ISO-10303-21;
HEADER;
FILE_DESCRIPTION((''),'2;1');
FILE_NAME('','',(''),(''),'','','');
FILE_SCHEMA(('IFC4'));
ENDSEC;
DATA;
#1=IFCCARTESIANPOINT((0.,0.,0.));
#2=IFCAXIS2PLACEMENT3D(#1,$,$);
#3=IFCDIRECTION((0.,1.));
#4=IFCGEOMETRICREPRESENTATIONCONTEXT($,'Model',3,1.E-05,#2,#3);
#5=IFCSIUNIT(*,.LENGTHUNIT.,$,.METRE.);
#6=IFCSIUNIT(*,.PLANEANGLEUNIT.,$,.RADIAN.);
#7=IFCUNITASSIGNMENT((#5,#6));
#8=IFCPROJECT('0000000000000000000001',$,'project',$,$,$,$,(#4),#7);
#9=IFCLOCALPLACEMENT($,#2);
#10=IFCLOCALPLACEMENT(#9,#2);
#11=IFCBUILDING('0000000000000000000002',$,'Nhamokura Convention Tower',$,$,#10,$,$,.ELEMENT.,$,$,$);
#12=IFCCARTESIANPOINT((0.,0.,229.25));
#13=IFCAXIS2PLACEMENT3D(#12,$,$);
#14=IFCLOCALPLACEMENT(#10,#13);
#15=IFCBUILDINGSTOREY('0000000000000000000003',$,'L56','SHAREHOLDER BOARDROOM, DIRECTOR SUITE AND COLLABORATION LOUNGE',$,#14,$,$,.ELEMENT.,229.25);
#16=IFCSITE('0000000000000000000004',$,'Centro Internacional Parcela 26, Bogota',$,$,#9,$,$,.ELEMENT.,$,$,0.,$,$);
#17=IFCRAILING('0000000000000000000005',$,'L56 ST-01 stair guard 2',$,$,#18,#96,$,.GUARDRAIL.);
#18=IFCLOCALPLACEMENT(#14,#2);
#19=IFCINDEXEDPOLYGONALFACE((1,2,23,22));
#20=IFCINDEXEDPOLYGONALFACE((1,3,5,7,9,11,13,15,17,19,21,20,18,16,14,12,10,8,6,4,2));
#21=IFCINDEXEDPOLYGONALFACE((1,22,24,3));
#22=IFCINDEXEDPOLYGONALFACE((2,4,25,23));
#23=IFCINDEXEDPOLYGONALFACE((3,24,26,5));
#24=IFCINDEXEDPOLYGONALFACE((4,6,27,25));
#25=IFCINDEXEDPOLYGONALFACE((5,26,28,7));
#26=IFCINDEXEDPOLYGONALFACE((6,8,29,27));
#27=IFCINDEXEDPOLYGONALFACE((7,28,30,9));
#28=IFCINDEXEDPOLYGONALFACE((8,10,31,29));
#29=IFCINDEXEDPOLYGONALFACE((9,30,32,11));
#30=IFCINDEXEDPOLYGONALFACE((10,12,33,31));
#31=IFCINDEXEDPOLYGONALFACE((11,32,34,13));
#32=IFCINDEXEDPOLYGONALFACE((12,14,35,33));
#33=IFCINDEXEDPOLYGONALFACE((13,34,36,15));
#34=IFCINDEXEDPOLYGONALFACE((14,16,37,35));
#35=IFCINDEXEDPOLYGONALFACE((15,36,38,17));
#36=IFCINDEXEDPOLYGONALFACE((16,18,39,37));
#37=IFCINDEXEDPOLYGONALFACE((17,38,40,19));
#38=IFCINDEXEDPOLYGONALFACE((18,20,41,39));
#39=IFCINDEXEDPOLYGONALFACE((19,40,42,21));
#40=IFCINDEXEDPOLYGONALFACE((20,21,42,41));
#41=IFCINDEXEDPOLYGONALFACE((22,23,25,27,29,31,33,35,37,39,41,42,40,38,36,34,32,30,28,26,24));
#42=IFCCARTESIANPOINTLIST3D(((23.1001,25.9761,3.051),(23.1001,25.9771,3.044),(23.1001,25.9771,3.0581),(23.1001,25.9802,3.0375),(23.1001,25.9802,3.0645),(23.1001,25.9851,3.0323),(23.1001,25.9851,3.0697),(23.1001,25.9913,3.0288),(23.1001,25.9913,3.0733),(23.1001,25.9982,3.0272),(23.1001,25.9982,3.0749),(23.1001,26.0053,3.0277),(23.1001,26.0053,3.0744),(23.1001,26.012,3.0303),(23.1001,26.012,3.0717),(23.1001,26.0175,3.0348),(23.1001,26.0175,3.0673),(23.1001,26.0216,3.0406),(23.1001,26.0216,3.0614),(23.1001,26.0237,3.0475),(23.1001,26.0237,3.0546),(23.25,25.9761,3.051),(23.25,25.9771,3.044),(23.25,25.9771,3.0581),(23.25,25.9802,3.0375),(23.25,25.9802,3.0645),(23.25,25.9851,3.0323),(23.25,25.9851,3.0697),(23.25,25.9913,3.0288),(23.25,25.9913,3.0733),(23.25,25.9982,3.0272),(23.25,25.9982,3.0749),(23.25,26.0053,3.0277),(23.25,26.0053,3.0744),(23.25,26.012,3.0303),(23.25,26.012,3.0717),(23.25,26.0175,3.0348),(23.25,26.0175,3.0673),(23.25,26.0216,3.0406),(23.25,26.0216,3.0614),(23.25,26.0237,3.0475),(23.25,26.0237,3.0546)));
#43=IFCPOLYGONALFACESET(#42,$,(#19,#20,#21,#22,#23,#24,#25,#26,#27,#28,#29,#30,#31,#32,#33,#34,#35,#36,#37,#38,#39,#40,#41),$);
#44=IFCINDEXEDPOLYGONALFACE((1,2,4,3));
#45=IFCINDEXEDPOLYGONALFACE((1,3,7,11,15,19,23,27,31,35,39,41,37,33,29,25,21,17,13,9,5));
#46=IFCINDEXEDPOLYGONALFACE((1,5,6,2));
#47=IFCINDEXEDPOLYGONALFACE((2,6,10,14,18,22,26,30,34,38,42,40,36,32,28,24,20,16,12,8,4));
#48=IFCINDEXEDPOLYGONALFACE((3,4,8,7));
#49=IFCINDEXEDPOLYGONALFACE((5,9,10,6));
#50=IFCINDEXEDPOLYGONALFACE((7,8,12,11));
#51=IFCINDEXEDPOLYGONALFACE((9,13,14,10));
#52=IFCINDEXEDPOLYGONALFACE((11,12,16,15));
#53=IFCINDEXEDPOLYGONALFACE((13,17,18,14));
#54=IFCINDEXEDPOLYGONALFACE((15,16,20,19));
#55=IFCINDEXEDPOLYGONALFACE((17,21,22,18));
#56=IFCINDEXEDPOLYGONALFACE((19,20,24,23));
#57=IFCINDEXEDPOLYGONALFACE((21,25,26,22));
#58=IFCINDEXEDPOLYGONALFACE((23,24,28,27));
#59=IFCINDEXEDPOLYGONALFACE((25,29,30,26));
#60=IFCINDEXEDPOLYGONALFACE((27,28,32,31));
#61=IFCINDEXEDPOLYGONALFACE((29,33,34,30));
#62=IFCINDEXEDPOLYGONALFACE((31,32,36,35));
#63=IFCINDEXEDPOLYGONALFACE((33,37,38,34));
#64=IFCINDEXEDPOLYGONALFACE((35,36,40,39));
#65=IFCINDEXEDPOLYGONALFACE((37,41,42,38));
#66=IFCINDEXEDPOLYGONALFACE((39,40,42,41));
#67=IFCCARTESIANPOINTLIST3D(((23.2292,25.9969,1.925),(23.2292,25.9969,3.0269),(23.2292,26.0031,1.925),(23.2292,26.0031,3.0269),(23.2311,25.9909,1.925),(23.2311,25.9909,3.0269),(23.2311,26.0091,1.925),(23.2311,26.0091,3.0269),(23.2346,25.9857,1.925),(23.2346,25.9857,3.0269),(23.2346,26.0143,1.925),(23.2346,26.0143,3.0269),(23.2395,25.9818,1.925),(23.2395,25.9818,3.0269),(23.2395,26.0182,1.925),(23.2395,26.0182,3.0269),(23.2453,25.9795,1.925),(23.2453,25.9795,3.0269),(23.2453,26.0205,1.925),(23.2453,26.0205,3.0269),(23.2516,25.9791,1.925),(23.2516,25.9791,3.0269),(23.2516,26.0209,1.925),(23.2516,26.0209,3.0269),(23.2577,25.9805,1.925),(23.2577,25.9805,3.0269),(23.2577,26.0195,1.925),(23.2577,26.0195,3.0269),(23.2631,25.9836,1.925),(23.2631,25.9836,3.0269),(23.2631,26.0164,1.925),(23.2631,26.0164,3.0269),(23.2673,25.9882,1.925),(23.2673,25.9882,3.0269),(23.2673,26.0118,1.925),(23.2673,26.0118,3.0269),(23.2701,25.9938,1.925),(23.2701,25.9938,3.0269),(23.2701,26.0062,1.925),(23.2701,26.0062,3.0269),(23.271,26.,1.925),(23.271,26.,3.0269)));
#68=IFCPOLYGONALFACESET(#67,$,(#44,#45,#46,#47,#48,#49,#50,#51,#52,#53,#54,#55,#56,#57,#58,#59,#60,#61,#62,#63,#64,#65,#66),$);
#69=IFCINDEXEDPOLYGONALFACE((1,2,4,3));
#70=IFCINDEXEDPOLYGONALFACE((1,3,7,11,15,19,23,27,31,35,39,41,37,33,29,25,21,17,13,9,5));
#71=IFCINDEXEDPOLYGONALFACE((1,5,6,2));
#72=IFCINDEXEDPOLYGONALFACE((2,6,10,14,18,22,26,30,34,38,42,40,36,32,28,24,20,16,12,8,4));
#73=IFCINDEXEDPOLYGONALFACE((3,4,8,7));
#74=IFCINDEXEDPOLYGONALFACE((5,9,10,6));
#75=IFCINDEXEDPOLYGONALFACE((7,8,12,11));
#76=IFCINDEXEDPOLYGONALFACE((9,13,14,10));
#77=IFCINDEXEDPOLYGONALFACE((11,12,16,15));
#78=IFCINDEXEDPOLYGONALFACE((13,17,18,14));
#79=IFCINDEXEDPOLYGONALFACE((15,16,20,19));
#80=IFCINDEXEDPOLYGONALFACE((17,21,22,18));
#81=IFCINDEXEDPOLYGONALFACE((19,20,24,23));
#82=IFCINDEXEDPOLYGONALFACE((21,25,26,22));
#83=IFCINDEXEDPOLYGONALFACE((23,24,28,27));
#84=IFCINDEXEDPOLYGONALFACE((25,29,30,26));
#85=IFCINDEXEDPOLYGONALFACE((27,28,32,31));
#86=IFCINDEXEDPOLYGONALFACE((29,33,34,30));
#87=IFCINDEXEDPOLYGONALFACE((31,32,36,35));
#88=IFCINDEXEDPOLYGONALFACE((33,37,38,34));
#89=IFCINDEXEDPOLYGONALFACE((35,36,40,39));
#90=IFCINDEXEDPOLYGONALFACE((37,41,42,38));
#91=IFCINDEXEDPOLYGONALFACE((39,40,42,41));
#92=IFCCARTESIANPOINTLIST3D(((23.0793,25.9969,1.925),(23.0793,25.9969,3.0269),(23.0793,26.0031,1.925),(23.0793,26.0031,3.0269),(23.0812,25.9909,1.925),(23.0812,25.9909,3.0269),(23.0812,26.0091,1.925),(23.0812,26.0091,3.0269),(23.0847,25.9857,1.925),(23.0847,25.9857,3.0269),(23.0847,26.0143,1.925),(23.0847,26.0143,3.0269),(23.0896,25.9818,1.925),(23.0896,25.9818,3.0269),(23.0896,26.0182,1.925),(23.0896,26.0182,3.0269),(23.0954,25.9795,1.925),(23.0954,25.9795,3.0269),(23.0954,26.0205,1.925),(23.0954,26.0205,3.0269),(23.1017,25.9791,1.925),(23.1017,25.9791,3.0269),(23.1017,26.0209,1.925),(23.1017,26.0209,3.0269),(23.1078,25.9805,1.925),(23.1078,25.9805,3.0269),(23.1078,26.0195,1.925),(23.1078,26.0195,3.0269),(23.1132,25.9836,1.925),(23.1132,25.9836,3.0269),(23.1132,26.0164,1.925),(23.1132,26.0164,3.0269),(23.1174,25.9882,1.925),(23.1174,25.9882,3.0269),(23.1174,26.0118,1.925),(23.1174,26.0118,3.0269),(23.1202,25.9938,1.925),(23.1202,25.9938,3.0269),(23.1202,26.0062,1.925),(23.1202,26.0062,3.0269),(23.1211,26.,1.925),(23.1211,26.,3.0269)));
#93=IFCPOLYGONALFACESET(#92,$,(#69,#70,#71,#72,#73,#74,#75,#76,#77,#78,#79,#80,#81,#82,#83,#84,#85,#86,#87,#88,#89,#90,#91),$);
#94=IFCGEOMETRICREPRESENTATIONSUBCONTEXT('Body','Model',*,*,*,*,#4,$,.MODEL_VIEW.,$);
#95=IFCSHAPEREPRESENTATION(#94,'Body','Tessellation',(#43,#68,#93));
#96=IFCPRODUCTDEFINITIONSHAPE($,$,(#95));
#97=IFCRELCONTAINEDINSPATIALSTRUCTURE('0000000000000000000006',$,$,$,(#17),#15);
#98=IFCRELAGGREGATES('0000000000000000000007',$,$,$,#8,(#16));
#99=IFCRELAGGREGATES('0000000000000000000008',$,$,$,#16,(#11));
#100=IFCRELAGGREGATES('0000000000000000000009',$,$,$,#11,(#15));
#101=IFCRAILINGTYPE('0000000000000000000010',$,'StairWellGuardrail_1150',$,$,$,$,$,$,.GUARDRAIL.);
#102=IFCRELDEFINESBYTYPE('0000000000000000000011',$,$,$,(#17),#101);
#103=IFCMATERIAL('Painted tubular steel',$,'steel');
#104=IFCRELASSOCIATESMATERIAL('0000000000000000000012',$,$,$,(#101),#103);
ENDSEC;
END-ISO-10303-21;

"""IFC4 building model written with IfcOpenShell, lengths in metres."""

from ifc_helpers import new_model, si_unit, direction, frame, origin, origin_2d, place, context, subcontext, project, spatial, circle, extrude, material, type_object, element, save


model = new_model("IFC4")

# Units and contexts
model_context = context("Model", 3, precision=1e-05, world=origin(), true_north=direction((0.0, 1.0)))
body_context = subcontext(model_context, "Body", "Model", "MODEL_VIEW")
ifc_project = project(units=[si_unit("LENGTHUNIT", "METRE"), si_unit("PLANEANGLEUNIT", "RADIAN")], contexts=[model_context])

# Site, building, storey
site_placement = place(None, origin())
site = spatial("IfcSite", under=ifc_project, at=site_placement, Name="Centro Internacional Parcela 26, Bogota", CompositionType="ELEMENT", RefElevation=0.0)
building_placement = place(site_placement, origin())
building = spatial("IfcBuilding", under=site, at=building_placement, Name="Nhamokura Convention Tower", CompositionType="ELEMENT")
storey_placement = place(building_placement, frame((0.0, 0.0, 229.25)))
storey = spatial("IfcBuildingStorey", under=building, at=storey_placement, Name="L56", Description="SHAREHOLDER BOARDROOM, DIRECTOR SUITE AND COLLABORATION LOUNGE", CompositionType="ELEMENT", Elevation=229.25)

# Railing
ifc_material_1 = material(Name="Painted tubular steel", Category="steel")
railing_type_1 = type_object("IfcRailingType", Name="StairWellGuardrail_1150", PredefinedType="GUARDRAIL", material=ifc_material_1)
railing_1_placement = place(storey_placement, frame((23.25, 26.0, 1.925)))
element("IfcRailing", 1, at=railing_1_placement, inside=storey, type_object=railing_type_1, Name="L56 ST-01 stair guard 2", PredefinedType="GUARDRAIL", context=body_context, shape_type="SweptSolid", body=[
    extrude(circle(Radius=0.0239, at=origin_2d()), frame((0.0, 0.0, 1.126), z_axis=(-1.0, 0.0, 0.0), x_axis=(0.0, -1.0, 0.0)), (0.0, 0.0, 1.0), 0.1499),
    extrude(circle(Radius=0.021, at=origin_2d()), origin(), (0.0, 0.0, 1.0), 1.1018),
    extrude(circle(Radius=0.021, at=origin_2d()), frame((-0.1499, 0.0, 0.0)), (0.0, 0.0, 1.0), 1.1018),
])

save(model, "model.ifc")
